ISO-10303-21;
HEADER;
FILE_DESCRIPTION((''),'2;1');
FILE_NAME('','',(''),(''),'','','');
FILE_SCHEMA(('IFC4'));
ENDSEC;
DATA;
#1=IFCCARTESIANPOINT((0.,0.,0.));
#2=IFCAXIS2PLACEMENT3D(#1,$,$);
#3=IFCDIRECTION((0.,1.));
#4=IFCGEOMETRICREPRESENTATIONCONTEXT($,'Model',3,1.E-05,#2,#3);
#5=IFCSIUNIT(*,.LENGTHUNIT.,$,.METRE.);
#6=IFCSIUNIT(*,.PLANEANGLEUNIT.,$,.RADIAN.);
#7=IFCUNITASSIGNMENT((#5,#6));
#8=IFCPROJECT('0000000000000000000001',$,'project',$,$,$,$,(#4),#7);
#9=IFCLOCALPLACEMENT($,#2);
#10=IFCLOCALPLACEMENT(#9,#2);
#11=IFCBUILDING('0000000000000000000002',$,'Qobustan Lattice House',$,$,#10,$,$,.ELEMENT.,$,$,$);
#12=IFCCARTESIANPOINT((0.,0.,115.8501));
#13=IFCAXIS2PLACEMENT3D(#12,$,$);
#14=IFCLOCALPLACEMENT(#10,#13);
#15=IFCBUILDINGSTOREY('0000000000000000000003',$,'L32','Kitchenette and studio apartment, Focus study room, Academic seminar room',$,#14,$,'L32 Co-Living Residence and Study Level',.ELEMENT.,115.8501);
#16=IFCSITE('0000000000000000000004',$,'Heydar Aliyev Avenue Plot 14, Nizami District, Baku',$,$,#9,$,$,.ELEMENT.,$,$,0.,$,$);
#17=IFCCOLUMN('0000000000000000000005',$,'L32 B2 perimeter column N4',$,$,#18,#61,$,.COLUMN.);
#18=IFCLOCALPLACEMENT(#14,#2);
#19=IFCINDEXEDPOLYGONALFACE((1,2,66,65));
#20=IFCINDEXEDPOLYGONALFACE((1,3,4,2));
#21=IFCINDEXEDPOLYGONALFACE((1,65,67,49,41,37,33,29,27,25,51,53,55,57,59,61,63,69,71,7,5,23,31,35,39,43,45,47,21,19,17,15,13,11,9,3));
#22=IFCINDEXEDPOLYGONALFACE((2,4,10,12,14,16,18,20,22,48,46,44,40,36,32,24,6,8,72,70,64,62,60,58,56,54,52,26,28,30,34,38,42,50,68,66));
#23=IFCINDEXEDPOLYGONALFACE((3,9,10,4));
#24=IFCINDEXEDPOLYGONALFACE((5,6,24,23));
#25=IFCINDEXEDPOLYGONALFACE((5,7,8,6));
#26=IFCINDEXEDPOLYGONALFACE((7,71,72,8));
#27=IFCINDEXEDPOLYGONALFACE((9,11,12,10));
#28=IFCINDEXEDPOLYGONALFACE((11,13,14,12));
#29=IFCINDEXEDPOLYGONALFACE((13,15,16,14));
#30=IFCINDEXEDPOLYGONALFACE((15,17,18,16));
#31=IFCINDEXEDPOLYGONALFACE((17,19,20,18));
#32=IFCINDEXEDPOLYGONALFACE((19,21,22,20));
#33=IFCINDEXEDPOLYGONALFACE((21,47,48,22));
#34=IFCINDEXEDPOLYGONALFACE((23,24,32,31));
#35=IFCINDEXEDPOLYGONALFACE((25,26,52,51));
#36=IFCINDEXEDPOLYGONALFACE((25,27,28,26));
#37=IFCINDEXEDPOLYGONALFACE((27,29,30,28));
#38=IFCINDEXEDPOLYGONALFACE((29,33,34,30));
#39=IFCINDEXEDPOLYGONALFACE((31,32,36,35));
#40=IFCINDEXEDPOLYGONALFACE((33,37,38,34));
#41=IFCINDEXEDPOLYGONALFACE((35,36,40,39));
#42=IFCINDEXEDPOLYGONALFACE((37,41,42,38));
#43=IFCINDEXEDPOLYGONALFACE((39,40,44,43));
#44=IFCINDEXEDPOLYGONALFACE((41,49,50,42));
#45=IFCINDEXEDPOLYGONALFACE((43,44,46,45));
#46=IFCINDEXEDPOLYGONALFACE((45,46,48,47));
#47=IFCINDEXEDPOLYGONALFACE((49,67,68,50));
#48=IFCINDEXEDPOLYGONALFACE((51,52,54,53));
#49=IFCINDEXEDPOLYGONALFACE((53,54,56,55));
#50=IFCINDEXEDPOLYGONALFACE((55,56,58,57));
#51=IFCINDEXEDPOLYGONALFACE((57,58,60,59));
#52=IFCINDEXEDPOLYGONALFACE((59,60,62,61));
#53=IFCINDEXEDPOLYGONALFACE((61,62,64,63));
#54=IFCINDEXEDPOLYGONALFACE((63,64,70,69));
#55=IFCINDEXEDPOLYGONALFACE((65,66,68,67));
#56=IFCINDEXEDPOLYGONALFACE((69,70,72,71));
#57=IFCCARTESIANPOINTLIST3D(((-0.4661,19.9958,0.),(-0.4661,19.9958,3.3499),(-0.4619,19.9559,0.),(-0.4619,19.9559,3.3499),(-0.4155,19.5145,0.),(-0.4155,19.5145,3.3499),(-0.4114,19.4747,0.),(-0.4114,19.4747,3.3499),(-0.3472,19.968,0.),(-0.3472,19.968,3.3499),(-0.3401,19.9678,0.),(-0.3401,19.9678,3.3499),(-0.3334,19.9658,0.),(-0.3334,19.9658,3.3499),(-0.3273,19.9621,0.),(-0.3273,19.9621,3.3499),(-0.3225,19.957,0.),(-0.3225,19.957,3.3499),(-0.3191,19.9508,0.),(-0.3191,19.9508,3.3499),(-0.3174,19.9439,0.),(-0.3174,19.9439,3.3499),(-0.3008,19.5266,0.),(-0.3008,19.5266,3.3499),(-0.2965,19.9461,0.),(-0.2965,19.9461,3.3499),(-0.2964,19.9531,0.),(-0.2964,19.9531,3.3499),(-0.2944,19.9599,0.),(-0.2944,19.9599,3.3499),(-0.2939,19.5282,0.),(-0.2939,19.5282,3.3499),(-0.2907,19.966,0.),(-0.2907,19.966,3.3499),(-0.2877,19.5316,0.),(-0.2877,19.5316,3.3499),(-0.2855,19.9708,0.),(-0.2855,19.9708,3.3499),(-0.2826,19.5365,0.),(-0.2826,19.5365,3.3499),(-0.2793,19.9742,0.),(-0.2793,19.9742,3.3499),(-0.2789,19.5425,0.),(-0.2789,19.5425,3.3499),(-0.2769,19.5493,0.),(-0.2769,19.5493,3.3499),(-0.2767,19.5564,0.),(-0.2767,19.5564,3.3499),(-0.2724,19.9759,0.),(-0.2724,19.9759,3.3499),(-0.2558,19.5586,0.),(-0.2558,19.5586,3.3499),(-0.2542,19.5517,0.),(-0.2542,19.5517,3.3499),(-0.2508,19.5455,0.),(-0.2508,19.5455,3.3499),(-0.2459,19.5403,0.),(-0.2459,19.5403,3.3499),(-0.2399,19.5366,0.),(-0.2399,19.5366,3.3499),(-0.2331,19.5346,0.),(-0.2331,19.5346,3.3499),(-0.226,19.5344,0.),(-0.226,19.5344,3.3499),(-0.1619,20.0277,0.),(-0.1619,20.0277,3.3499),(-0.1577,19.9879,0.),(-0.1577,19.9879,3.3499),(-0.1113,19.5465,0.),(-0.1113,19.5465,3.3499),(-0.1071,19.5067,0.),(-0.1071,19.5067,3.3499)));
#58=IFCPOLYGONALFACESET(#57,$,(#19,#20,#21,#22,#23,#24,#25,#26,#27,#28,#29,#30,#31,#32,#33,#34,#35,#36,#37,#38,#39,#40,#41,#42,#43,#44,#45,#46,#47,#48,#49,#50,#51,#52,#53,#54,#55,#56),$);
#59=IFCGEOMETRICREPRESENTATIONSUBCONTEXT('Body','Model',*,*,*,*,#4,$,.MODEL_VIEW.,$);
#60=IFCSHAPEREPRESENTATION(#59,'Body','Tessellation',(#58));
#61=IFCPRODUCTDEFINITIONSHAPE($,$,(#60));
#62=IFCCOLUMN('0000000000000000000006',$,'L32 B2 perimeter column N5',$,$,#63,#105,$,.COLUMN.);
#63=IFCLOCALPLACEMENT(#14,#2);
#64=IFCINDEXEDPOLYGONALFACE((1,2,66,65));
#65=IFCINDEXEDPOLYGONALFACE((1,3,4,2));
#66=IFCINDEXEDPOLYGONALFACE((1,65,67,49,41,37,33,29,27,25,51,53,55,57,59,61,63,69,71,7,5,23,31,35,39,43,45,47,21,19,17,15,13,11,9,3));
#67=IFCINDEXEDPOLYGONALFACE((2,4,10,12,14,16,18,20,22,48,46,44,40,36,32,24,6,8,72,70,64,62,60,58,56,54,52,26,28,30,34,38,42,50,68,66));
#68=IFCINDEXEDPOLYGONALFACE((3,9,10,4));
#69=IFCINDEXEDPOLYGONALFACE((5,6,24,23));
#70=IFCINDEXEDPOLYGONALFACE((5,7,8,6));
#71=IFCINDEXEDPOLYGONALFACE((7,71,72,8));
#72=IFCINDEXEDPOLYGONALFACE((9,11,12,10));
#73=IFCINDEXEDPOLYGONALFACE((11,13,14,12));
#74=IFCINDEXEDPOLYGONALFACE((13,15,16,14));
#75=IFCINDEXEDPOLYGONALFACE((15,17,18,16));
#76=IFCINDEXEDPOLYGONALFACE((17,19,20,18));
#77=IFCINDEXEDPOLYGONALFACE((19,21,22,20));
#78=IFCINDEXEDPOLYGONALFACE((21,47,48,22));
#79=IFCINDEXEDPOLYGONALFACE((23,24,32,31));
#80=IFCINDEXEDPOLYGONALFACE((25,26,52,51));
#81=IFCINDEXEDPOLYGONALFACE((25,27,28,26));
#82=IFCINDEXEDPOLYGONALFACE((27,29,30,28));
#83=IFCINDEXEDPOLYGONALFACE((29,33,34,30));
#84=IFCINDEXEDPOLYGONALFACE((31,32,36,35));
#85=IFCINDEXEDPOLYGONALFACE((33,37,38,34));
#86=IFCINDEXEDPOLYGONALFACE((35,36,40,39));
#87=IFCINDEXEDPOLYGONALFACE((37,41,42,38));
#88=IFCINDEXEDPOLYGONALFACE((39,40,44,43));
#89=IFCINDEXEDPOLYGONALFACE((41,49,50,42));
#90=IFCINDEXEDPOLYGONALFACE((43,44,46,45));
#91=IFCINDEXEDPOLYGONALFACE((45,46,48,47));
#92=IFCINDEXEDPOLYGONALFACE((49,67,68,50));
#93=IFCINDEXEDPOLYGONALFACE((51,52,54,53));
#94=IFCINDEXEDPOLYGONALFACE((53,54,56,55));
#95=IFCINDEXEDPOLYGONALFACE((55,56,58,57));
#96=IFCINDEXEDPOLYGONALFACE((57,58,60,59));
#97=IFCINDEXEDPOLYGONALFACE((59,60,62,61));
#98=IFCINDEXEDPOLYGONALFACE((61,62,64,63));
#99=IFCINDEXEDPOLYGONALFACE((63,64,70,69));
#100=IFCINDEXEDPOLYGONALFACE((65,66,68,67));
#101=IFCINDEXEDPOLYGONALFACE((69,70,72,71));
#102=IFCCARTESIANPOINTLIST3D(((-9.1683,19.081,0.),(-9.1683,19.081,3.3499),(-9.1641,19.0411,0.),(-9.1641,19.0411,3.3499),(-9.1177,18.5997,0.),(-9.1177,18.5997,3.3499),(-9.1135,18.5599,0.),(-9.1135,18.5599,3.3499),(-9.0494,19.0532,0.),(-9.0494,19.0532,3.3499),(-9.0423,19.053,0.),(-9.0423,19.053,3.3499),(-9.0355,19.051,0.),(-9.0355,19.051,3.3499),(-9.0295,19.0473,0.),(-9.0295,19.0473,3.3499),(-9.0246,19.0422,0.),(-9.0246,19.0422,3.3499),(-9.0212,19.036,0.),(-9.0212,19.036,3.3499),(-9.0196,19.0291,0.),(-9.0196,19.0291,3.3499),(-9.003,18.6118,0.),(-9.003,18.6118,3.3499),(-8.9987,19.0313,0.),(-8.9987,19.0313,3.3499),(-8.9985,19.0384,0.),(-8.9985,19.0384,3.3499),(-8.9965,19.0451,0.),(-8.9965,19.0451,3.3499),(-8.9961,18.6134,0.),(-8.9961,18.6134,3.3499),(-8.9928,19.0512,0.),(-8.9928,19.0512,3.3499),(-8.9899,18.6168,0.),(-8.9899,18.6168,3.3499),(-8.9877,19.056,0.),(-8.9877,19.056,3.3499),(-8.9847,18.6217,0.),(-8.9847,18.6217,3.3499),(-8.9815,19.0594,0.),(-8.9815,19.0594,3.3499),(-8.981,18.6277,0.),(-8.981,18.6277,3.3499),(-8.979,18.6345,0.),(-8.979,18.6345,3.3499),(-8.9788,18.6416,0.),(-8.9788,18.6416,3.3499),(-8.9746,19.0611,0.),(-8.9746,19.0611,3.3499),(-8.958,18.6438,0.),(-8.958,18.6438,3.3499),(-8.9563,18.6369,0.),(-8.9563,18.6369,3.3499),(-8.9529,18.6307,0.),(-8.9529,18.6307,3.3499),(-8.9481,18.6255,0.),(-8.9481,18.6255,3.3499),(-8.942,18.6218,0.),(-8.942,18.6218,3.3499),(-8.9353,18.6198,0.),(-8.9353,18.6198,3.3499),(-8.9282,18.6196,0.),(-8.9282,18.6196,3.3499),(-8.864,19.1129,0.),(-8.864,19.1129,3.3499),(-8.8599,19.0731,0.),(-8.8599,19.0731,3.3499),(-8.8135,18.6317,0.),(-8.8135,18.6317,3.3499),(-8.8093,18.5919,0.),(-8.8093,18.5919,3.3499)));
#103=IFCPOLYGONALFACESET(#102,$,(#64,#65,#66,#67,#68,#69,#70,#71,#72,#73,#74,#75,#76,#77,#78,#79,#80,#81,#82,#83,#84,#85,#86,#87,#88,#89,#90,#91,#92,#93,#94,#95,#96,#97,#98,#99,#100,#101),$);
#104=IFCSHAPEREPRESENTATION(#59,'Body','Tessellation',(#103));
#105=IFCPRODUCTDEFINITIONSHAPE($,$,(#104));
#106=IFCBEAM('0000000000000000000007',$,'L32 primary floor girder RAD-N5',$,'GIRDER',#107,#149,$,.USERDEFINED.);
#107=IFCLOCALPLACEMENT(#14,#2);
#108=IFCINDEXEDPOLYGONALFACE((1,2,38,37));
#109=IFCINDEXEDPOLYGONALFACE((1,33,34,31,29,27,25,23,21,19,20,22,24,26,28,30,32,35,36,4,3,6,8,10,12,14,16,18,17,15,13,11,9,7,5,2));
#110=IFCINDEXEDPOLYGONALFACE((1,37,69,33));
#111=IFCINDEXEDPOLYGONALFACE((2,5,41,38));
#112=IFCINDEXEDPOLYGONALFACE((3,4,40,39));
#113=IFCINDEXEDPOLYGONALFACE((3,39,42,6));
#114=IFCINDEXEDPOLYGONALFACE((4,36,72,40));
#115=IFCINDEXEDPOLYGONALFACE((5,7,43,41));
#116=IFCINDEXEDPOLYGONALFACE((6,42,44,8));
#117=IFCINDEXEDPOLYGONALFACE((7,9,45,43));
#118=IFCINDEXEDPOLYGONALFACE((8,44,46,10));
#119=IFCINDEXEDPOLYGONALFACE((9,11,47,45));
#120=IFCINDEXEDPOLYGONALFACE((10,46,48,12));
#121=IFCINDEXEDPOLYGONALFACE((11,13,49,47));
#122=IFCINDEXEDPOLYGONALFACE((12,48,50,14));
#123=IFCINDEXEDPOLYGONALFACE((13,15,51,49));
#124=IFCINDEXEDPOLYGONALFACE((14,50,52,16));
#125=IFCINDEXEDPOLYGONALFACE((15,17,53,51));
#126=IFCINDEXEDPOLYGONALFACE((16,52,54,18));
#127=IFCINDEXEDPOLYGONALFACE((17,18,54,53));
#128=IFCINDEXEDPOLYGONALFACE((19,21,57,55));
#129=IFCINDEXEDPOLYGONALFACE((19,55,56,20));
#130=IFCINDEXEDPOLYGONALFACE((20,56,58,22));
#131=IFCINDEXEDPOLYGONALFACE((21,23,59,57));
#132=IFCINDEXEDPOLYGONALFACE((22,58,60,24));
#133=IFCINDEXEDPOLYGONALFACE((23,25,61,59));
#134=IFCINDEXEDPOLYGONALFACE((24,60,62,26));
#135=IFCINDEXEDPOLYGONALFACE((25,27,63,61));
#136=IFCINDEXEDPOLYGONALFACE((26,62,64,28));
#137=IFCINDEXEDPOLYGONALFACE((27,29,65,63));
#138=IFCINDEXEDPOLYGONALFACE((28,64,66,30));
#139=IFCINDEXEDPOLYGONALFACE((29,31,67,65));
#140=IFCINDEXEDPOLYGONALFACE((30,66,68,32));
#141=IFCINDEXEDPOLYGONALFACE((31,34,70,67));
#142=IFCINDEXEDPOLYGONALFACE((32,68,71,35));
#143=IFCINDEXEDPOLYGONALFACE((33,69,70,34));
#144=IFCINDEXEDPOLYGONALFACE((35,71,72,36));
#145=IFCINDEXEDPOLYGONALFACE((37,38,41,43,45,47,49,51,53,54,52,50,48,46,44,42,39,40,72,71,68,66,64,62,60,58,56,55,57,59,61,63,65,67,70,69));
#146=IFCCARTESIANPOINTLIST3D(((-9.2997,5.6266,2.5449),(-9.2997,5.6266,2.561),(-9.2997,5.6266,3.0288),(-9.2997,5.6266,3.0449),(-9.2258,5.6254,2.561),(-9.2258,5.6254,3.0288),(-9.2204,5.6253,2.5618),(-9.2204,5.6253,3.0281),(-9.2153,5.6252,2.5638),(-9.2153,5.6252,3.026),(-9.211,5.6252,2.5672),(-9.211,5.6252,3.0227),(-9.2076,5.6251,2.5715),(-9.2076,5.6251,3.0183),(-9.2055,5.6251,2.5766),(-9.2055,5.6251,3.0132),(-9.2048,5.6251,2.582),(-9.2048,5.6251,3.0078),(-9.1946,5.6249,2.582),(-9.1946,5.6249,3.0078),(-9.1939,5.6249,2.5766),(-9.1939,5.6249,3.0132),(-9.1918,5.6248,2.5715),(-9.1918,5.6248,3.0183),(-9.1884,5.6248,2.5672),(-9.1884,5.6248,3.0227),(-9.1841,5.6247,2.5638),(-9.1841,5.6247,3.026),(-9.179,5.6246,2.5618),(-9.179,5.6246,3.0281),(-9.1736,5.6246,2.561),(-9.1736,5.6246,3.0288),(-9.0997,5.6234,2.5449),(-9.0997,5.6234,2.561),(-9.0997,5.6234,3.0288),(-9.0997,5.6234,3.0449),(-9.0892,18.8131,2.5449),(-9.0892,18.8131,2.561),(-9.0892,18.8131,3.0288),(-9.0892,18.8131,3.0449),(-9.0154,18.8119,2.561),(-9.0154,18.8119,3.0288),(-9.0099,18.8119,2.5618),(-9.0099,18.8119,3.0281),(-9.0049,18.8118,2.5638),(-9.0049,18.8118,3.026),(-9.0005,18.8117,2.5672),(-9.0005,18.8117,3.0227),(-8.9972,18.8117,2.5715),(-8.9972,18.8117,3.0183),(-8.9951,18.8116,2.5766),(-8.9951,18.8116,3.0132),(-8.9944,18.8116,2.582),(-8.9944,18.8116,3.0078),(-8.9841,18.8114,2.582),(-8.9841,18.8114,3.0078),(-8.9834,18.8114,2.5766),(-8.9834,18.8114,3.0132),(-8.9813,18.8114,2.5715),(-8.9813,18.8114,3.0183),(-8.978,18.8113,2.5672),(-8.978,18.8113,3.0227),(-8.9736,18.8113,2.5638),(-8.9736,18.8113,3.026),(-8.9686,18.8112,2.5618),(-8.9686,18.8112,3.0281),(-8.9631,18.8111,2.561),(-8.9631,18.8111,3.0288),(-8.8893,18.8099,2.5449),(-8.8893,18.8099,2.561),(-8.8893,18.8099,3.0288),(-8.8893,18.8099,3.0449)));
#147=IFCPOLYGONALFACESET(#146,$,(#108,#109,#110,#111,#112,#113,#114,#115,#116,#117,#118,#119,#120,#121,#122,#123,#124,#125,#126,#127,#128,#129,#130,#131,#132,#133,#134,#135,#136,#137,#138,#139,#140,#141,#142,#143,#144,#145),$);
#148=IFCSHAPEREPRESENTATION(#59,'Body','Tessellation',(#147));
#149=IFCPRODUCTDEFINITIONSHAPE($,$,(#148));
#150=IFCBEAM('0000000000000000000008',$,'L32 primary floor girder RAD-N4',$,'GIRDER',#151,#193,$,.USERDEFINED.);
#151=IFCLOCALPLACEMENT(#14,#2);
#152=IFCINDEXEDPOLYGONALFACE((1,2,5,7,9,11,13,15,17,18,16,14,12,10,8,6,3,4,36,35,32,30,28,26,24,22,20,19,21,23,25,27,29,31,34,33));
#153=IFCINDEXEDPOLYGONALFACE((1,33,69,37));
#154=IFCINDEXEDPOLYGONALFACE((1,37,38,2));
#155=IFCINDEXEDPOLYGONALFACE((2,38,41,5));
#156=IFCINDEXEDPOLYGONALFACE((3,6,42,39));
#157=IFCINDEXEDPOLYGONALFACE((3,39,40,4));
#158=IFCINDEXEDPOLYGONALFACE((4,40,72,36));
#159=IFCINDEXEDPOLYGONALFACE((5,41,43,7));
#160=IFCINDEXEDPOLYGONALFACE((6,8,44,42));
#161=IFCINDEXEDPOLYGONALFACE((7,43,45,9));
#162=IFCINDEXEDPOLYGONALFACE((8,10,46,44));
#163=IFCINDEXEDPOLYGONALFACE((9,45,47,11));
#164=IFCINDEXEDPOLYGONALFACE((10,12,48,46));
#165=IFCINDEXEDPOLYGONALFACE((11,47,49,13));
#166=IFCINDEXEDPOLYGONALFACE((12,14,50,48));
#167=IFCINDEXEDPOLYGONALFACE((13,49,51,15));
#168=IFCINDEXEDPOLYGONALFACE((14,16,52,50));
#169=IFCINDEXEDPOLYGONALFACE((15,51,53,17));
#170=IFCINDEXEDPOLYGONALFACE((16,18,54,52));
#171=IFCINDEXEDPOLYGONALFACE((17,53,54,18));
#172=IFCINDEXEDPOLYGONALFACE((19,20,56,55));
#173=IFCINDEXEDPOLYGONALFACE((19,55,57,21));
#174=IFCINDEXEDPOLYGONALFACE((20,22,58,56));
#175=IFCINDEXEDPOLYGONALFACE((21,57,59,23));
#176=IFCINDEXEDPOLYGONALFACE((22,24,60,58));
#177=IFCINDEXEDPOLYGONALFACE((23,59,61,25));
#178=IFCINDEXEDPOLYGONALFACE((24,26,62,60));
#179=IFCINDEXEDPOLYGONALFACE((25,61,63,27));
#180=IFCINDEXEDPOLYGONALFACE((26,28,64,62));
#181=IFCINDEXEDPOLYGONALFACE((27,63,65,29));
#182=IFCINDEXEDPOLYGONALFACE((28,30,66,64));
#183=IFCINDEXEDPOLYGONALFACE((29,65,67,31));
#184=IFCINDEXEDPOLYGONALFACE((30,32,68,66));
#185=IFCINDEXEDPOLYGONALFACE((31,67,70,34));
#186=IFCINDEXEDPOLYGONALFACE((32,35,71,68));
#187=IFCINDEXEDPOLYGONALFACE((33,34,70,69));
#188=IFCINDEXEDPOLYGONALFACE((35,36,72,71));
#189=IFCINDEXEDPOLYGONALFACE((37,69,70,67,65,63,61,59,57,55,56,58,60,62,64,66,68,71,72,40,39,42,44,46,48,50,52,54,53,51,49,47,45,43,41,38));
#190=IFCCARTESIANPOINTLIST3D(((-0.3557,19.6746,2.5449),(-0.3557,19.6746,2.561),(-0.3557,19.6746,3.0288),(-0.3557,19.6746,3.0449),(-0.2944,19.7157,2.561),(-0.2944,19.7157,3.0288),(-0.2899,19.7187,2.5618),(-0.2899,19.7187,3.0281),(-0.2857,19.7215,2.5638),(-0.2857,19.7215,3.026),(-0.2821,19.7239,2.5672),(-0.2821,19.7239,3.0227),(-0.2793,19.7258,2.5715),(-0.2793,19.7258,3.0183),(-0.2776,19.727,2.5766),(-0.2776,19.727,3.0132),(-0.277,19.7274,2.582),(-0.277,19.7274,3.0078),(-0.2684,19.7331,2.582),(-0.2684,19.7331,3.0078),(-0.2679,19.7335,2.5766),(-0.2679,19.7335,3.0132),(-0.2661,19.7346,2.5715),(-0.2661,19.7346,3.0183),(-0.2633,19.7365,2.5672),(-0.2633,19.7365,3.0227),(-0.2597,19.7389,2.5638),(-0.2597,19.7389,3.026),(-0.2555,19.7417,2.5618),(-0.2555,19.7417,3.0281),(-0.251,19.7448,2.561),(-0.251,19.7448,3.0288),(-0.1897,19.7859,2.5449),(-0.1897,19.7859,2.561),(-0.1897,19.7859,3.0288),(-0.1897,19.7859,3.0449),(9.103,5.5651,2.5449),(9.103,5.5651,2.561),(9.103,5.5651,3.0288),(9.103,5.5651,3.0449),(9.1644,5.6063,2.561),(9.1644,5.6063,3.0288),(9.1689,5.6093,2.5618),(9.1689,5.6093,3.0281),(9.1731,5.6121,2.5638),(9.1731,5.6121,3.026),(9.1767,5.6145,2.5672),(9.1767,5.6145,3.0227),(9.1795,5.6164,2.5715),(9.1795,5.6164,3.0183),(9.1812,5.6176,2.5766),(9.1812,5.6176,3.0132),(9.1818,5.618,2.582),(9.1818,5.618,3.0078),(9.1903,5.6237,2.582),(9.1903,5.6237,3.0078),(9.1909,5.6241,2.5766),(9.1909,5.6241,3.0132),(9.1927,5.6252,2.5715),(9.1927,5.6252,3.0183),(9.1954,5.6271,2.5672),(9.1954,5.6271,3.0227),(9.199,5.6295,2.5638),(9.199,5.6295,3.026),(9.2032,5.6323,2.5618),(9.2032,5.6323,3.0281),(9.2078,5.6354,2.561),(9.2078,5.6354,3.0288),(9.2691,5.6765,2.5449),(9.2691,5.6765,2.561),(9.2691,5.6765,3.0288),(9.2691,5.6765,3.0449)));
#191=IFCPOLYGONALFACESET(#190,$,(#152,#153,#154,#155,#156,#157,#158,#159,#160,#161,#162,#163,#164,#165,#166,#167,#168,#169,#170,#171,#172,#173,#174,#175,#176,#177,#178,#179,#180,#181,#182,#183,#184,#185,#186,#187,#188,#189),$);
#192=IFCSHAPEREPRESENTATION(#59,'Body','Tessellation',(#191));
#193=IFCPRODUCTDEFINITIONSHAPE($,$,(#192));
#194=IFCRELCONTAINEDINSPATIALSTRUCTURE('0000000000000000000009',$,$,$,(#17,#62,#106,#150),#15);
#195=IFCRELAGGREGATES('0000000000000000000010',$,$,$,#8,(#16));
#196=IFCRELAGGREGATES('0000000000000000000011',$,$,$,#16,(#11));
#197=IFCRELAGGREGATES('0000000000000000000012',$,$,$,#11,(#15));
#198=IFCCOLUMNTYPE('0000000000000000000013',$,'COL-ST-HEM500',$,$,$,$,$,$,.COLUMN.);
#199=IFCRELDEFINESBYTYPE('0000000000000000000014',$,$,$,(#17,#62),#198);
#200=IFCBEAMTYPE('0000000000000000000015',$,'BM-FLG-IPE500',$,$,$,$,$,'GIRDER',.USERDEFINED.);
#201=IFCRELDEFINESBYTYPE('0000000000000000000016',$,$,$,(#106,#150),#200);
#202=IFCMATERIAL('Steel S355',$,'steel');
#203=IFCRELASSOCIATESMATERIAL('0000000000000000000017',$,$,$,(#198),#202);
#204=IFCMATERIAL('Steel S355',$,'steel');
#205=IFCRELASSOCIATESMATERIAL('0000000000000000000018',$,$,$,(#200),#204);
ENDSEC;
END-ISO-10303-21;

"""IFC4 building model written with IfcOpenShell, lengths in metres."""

from ifc_helpers import new_model, si_unit, direction, frame, origin, origin_2d, place, context, subcontext, project, spatial, i_section, extrude, material, material_profile, profile_set, type_object, element, save


model = new_model("IFC4")

# Units and contexts
model_context = context("Model", 3, precision=1e-05, world=origin(), true_north=direction((0.0, 1.0)))
body_context = subcontext(model_context, "Body", "Model", "MODEL_VIEW")
ifc_project = project(units=[si_unit("LENGTHUNIT", "METRE"), si_unit("PLANEANGLEUNIT", "RADIAN")], contexts=[model_context])

# Site, building, storey
site_placement = place(None, origin())
site = spatial("IfcSite", under=ifc_project, at=site_placement, Name="Heydar Aliyev Avenue Plot 14, Nizami District, Baku", CompositionType="ELEMENT", RefElevation=0.0)
building_placement = place(site_placement, origin())
building = spatial("IfcBuilding", under=site, at=building_placement, Name="Qobustan Lattice House", CompositionType="ELEMENT")
storey_placement = place(building_placement, frame((0.0, 0.0, 115.8501)))
storey = spatial("IfcBuildingStorey", under=building, at=storey_placement, Name="L32", Description="Kitchenette and studio apartment, Focus study room, Academic seminar room", LongName="L32 Co-Living Residence and Study Level", CompositionType="ELEMENT", Elevation=115.8501)

# Columns
ifc_material_1 = material(Name="Steel S355", Category="steel")
ifc_material_profile_1 = material_profile(ifc_material_1, i_section(OverallWidth=0.3059, OverallDepth=0.5239, WebThickness=0.021, FlangeThickness=0.04, FilletRadius=0.0271, at=origin_2d()), Name="HEM500")
ifc_profile_set_1 = profile_set([ifc_material_profile_1], Name="Steel S355")
column_type = type_object("IfcColumnType", Name="COL-ST-HEM500", PredefinedType="COLUMN", material=ifc_profile_set_1)
for number, where, z_axis, x_axis, name in (
    (1, (-0.2866, 19.7512, 0.0), (0.0, 0.0, 1.0), (0.994522, 0.104528, 0.0), "L32 B2 perimeter column N4"),
    (2, (-8.9888, 18.8364, 0.0), (0.0, 0.0, 1.0), (0.994522, 0.104528, 0.0), "L32 B2 perimeter column N5"),
):
    element("IfcColumn", number, at=place(storey_placement, frame(where, z_axis=z_axis, x_axis=x_axis)), inside=storey, type_object=column_type, Name=name, PredefinedType="COLUMN", context=body_context, shape_type="SweptSolid", body=[
        extrude(i_section(OverallWidth=0.3059, OverallDepth=0.5239, WebThickness=0.021, FlangeThickness=0.04, FilletRadius=0.0271, at=origin_2d()), origin(), (0.0, 0.0, 1.0), 3.3499),
    ])

# Beams
ifc_material_2 = material(Name="Steel S355", Category="steel")
ifc_material_profile_2 = material_profile(ifc_material_2, i_section(OverallWidth=0.2, OverallDepth=0.5, WebThickness=0.0103, FlangeThickness=0.0161, FilletRadius=0.021, at=origin_2d()), Name="IPE500")
ifc_profile_set_2 = profile_set([ifc_material_profile_2], Name="Steel S355")
beam_type_1 = type_object("IfcBeamType", Name="BM-FLG-IPE500", ElementType="GIRDER", PredefinedType="USERDEFINED", material=ifc_profile_set_2)
beam_1_placement = place(storey_placement, frame((-8.9893, 18.8115, 2.7949), z_axis=(-0.015957, -0.999873, 0.0), x_axis=(0.999873, -0.015957, 0.0)))
element("IfcBeam", 3, at=beam_1_placement, inside=storey, type_object=beam_type_1, Name="L32 primary floor girder RAD-N5", ObjectType="GIRDER", PredefinedType="USERDEFINED", context=body_context, shape_type="SweptSolid", body=[
    extrude(i_section(OverallWidth=0.2, OverallDepth=0.5, WebThickness=0.0103, FlangeThickness=0.0161, FilletRadius=0.021, at=origin_2d()), origin(), (0.0, 0.0, 1.0), 13.1882),
])
beam_2_placement = place(storey_placement, frame((-0.2727, 19.7302, 2.7949), z_axis=(0.556838, -0.830621, 0.0), x_axis=(0.830621, 0.556838, 0.0)))
element("IfcBeam", 4, at=beam_2_placement, inside=storey, type_object=beam_type_1, Name="L32 primary floor girder RAD-N4", ObjectType="GIRDER", PredefinedType="USERDEFINED", context=body_context, shape_type="SweptSolid", body=[
    extrude(i_section(OverallWidth=0.2, OverallDepth=0.5, WebThickness=0.0103, FlangeThickness=0.0161, FilletRadius=0.021, at=origin_2d()), origin(), (0.0, 0.0, 1.0), 16.9866),
])

save(model, "model.ifc")
